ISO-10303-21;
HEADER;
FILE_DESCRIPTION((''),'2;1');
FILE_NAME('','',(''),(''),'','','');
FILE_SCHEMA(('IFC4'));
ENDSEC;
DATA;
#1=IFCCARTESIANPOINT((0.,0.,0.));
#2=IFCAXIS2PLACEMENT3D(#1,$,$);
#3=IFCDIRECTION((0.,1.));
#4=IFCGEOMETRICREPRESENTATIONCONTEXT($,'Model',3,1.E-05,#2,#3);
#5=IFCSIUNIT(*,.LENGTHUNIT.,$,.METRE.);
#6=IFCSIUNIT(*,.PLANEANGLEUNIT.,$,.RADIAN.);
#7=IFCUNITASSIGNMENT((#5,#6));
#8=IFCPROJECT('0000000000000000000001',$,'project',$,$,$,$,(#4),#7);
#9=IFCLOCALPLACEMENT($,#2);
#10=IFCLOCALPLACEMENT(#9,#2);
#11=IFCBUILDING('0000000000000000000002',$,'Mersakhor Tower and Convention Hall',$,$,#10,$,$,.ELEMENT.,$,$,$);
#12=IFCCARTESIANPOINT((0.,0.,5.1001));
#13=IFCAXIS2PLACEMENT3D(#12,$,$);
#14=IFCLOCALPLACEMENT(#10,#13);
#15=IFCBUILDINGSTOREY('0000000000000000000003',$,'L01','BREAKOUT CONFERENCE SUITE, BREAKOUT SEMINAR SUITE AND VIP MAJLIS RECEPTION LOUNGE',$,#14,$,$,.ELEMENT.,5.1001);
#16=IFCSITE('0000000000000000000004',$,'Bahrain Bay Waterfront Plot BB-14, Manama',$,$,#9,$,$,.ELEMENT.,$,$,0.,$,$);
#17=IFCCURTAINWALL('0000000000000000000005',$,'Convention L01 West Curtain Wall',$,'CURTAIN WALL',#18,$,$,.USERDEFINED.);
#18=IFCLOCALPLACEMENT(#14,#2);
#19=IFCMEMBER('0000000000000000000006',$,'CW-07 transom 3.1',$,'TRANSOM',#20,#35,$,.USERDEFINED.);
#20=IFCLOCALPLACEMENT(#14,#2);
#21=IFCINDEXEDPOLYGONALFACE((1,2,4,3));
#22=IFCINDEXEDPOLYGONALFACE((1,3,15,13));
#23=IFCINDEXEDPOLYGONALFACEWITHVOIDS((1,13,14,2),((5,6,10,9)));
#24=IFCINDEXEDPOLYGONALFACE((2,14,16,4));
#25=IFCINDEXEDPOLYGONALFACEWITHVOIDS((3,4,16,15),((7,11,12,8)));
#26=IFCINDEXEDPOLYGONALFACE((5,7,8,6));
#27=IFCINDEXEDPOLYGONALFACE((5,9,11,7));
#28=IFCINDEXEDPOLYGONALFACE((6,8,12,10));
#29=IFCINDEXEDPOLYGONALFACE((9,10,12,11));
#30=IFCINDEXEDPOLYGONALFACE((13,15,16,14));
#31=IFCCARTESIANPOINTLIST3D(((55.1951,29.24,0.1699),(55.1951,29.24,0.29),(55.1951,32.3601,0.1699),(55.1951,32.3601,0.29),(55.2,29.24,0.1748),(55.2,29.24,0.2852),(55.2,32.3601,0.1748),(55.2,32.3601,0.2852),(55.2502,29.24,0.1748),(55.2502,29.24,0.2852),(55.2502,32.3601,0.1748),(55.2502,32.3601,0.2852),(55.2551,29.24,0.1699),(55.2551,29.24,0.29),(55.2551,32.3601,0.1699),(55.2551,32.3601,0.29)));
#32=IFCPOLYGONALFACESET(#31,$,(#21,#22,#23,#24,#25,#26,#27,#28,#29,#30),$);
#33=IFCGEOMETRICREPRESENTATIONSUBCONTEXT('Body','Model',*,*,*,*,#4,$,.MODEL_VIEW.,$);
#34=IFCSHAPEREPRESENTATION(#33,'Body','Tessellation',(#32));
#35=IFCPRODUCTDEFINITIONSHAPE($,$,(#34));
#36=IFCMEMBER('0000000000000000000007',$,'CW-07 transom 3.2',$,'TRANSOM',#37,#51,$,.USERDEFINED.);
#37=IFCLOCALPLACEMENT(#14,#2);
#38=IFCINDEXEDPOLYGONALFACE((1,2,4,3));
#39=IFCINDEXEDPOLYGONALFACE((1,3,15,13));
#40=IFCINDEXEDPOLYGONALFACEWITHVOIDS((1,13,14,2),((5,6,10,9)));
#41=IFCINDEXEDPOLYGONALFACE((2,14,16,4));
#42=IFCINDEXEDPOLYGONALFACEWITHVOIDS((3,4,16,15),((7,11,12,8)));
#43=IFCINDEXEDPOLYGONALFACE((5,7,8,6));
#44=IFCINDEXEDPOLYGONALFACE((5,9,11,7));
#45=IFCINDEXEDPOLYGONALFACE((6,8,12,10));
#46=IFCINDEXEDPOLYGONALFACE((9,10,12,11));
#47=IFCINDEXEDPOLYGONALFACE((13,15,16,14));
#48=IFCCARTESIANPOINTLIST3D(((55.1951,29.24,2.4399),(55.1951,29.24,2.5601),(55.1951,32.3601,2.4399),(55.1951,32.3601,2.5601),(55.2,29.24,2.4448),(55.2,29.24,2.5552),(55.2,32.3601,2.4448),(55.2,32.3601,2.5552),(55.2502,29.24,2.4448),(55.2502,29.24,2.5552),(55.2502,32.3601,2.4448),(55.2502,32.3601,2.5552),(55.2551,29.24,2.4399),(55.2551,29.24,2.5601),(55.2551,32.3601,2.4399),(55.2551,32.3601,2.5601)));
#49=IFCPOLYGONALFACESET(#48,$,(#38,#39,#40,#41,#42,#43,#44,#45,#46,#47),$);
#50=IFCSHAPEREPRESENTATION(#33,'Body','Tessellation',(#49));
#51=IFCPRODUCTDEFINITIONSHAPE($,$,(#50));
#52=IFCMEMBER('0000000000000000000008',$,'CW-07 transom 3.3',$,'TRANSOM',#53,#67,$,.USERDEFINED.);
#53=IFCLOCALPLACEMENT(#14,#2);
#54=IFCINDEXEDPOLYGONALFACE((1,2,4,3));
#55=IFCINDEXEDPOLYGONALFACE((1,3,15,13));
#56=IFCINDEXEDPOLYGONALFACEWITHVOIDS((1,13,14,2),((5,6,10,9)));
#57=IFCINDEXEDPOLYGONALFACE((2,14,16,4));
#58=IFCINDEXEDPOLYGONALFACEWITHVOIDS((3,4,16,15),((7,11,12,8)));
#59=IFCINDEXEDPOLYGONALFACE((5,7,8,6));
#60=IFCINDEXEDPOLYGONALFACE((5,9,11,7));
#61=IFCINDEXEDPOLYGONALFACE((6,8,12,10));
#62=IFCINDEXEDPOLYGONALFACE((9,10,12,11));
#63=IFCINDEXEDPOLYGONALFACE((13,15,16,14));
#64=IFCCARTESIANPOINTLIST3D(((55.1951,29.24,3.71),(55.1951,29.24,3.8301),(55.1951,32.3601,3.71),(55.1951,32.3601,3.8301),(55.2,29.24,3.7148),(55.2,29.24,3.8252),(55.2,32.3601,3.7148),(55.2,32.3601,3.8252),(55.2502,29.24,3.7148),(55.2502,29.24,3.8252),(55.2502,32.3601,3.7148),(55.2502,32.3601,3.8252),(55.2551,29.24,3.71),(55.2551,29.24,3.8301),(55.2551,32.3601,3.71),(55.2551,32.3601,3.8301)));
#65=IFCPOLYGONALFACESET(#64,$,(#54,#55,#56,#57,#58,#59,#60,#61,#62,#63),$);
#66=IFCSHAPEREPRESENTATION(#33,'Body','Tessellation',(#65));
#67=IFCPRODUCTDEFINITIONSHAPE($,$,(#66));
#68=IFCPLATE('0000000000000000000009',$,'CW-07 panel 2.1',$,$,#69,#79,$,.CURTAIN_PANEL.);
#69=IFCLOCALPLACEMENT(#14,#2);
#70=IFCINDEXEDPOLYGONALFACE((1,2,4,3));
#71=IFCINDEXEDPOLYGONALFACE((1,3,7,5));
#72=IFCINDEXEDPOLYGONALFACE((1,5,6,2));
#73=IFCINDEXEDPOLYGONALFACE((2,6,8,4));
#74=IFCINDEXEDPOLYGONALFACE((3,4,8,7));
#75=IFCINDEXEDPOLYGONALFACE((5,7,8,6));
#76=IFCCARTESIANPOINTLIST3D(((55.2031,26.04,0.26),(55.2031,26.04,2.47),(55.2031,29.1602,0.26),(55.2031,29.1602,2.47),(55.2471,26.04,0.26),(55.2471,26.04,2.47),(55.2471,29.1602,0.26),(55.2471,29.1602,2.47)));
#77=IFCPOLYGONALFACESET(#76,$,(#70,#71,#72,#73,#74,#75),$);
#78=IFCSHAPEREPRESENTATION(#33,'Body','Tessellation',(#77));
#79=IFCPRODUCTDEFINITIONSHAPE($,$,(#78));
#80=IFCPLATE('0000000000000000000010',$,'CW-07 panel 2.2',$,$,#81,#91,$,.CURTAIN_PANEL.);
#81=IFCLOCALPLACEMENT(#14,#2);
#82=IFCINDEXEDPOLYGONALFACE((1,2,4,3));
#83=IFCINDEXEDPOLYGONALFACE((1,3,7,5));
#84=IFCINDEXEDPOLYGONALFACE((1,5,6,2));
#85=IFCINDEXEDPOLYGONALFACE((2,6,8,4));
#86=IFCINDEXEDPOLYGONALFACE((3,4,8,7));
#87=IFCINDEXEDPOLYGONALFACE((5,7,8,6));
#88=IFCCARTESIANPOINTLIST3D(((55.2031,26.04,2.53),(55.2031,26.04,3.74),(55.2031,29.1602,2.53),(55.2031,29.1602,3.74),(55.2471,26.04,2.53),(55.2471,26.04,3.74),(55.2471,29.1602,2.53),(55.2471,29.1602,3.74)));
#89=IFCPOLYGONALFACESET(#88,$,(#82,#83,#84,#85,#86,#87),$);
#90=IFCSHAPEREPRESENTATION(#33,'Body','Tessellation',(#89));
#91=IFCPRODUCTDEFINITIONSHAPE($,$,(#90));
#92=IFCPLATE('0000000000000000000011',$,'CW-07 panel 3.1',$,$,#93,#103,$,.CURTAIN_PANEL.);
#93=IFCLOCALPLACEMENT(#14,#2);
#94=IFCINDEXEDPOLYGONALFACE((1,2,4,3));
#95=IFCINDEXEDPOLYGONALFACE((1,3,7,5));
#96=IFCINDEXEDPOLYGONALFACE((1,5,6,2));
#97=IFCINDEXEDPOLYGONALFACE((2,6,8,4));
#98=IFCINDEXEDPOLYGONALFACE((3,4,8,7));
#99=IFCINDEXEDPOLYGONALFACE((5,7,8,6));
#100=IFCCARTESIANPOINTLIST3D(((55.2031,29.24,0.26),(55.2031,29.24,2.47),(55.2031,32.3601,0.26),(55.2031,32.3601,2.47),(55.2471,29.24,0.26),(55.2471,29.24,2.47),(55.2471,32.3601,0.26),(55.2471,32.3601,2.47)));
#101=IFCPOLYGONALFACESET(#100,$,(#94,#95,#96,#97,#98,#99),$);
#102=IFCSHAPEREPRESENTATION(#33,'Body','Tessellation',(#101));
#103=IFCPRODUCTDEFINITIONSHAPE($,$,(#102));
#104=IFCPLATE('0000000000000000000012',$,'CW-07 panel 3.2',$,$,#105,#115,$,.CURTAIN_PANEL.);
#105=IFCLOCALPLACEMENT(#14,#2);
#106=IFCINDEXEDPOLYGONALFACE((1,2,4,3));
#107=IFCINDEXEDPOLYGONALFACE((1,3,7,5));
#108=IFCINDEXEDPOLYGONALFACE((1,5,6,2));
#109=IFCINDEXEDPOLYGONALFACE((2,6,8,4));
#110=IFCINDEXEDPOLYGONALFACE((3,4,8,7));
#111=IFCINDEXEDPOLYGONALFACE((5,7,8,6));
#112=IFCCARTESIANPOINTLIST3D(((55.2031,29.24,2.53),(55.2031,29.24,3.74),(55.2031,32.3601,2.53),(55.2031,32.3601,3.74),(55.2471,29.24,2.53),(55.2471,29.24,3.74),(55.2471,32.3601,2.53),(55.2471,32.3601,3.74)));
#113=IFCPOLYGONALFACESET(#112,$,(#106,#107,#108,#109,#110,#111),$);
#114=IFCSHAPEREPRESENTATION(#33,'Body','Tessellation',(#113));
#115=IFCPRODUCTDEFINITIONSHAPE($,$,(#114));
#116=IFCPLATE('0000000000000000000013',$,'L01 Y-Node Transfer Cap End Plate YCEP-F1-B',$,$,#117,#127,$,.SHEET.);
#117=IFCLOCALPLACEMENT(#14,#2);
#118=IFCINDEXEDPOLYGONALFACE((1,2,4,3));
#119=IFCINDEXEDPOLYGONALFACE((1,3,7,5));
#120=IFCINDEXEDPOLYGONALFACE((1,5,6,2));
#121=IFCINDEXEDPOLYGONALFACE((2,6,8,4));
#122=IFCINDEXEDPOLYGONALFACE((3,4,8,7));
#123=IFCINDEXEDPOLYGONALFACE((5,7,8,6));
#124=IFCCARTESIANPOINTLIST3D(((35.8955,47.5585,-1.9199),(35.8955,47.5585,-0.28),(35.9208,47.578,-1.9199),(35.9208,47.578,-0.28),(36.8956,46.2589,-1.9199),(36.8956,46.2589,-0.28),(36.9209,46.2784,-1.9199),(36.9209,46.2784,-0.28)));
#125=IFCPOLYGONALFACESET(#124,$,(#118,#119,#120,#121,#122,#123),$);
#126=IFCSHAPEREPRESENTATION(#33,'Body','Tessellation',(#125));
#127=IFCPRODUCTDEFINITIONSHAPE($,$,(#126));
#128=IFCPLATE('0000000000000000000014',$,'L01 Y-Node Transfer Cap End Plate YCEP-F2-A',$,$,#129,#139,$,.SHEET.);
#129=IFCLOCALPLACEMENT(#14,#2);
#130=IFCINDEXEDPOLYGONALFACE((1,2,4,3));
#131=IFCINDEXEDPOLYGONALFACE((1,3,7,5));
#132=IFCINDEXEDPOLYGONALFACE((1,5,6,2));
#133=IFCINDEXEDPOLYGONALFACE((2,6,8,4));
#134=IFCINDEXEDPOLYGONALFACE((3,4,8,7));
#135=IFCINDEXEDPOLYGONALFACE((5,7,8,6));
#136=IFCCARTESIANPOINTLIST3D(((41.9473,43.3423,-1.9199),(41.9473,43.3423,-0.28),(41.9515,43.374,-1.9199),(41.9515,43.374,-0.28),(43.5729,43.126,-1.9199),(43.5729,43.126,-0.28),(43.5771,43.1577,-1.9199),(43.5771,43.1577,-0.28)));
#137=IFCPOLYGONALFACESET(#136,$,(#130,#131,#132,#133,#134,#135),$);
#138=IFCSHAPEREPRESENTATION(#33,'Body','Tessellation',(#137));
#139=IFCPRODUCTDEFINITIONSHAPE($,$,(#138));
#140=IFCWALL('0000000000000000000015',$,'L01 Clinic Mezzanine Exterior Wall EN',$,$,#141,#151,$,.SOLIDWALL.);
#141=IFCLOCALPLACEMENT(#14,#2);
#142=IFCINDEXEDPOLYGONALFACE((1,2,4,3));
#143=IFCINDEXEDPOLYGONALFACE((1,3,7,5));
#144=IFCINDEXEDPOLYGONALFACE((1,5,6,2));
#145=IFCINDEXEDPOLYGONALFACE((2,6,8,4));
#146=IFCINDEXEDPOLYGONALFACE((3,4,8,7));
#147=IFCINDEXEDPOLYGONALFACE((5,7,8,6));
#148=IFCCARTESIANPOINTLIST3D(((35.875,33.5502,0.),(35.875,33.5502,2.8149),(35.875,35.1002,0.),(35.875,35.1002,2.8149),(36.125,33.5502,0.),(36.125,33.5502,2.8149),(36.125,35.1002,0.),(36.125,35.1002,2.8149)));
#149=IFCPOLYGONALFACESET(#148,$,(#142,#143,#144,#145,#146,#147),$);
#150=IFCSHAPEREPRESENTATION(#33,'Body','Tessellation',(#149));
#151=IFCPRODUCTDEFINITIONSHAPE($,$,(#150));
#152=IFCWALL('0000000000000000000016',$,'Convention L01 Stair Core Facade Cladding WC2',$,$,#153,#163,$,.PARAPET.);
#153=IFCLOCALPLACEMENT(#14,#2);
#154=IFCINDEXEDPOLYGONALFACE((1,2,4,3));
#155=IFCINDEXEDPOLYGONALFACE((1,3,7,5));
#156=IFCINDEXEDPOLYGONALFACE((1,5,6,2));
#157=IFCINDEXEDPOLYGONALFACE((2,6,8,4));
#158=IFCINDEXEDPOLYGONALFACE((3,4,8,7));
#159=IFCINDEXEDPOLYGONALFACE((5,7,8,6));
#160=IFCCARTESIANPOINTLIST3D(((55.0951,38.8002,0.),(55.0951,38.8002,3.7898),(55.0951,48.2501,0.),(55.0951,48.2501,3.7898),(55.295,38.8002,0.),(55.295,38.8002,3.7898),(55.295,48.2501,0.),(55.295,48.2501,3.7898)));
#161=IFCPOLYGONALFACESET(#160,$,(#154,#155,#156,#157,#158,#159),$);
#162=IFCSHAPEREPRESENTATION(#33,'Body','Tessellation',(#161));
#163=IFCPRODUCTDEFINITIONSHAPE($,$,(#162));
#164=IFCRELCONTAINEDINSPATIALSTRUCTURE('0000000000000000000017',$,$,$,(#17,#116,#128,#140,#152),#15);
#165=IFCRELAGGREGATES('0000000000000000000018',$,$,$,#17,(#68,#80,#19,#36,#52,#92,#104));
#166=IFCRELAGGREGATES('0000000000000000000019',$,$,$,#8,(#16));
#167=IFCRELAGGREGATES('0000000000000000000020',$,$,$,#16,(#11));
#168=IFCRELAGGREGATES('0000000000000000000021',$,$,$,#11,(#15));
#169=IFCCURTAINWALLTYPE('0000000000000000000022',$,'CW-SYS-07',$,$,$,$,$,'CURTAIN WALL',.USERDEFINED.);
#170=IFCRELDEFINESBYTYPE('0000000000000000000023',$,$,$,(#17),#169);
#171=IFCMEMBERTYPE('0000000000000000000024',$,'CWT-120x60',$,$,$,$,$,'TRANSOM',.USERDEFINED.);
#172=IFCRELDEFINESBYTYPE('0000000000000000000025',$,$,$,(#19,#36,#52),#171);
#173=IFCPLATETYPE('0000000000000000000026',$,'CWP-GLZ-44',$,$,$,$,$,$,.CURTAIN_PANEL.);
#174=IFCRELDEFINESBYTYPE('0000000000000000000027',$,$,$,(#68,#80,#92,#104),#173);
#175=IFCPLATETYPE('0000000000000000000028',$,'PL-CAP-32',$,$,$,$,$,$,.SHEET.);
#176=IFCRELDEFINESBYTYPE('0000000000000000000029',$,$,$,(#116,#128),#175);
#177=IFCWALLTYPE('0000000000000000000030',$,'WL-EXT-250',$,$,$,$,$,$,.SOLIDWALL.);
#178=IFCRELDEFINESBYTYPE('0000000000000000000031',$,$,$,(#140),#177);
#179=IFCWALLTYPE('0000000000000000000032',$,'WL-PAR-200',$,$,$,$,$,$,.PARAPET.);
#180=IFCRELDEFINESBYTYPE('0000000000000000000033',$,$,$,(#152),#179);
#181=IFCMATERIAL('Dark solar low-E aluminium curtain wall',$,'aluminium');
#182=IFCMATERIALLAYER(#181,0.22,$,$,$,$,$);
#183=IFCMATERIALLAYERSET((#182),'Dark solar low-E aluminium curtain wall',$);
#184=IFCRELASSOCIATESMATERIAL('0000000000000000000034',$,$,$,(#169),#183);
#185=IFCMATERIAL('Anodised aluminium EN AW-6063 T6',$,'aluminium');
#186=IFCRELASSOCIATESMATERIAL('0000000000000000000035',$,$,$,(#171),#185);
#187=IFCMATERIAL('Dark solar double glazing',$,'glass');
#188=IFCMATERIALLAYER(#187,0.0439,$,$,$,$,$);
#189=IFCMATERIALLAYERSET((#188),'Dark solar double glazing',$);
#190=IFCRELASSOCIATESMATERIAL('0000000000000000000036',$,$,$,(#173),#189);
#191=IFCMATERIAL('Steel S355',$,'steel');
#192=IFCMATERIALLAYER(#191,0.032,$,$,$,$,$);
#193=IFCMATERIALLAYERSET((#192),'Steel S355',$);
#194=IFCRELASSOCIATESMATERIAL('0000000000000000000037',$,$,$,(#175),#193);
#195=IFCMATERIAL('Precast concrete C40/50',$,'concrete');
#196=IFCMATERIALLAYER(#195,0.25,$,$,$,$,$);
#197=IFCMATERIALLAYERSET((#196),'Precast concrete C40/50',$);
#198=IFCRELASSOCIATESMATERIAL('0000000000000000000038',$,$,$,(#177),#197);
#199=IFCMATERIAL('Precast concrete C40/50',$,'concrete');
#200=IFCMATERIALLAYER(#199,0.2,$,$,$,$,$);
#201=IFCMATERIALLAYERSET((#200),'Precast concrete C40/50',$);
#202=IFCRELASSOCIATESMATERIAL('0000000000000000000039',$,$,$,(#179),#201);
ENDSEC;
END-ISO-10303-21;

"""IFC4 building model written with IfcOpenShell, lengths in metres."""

from ifc_helpers import new_model, si_unit, direction, frame, frame_2d, origin, origin_2d, place, context, subcontext, project, spatial, rectangle, hollow_rectangle, extrude, material, layer, layer_set, material_profile, profile_set, type_object, element, aggregate, save


model = new_model("IFC4")

# Units and contexts
model_context = context("Model", 3, precision=1e-05, world=origin(), true_north=direction((0.0, 1.0)))
body_context = subcontext(model_context, "Body", "Model", "MODEL_VIEW")
ifc_project = project(units=[si_unit("LENGTHUNIT", "METRE"), si_unit("PLANEANGLEUNIT", "RADIAN")], contexts=[model_context])

# Site, building, storey
site_placement = place(None, origin())
site = spatial("IfcSite", under=ifc_project, at=site_placement, Name="Bahrain Bay Waterfront Plot BB-14, Manama", CompositionType="ELEMENT", RefElevation=0.0)
building_placement = place(site_placement, origin())
building = spatial("IfcBuilding", under=site, at=building_placement, Name="Mersakhor Tower and Convention Hall", CompositionType="ELEMENT")
storey_placement = place(building_placement, frame((0.0, 0.0, 5.1001)))
storey = spatial("IfcBuildingStorey", under=building, at=storey_placement, Name="L01", Description="BREAKOUT CONFERENCE SUITE, BREAKOUT SEMINAR SUITE AND VIP MAJLIS RECEPTION LOUNGE", CompositionType="ELEMENT", Elevation=5.1001)

# Curtain wall, members, plates
ifc_material_1 = material(Name="Dark solar low-E aluminium curtain wall", Category="aluminium")
ifc_layer_1 = layer(ifc_material_1, 0.22)
ifc_layer_set_1 = layer_set([ifc_layer_1], Name="Dark solar low-E aluminium curtain wall")
curtain_wall_type = type_object("IfcCurtainWallType", Name="CW-SYS-07", ElementType="CURTAIN WALL", PredefinedType="USERDEFINED", material=ifc_layer_set_1)
curtain_wall_placement = place(storey_placement, origin())
curtain_wall = element("IfcCurtainWall", 1, at=curtain_wall_placement, inside=storey, type_object=curtain_wall_type, Name="Convention L01 West Curtain Wall", ObjectType="CURTAIN WALL", PredefinedType="USERDEFINED")
ifc_material_2 = material(Name="Anodised aluminium EN AW-6063 T6", Category="aluminium")
ifc_material_profile_1 = material_profile(ifc_material_2, hollow_rectangle(XDim=0.0601, YDim=0.1201, WallThickness=0.0049, at=origin_2d()), Name="RHS 120x60x5")
ifc_profile_set_1 = profile_set([ifc_material_profile_1], Name="Anodised aluminium EN AW-6063 T6")
member_type_1 = type_object("IfcMemberType", Name="CWT-120x60", ElementType="TRANSOM", PredefinedType="USERDEFINED", material=ifc_profile_set_1)
member_1_placement = place(storey_placement, frame((55.2251, 29.24, 0.23), z_axis=(0.0, 1.0, 0.0), x_axis=(-1.0, 0.0, 0.0)))
member_1 = element("IfcMember", 2, at=member_1_placement, type_object=member_type_1, Name="CW-07 transom 3.1", ObjectType="TRANSOM", PredefinedType="USERDEFINED", context=body_context, shape_type="SweptSolid", body=[
    extrude(hollow_rectangle(XDim=0.0601, YDim=0.1201, WallThickness=0.0049, at=origin_2d()), origin(), (0.0, 0.0, 1.0), 3.1201),
])
member_2_placement = place(storey_placement, frame((55.2251, 29.24, 2.5), z_axis=(0.0, 1.0, 0.0), x_axis=(-1.0, 0.0, 0.0)))
member_2 = element("IfcMember", 3, at=member_2_placement, type_object=member_type_1, Name="CW-07 transom 3.2", ObjectType="TRANSOM", PredefinedType="USERDEFINED", context=body_context, shape_type="SweptSolid", body=[
    extrude(hollow_rectangle(XDim=0.0601, YDim=0.1201, WallThickness=0.0049, at=origin_2d()), origin(), (0.0, 0.0, 1.0), 3.1201),
])
member_3_placement = place(storey_placement, frame((55.2251, 29.24, 3.77), z_axis=(0.0, 1.0, 0.0), x_axis=(-1.0, 0.0, 0.0)))
member_3 = element("IfcMember", 4, at=member_3_placement, type_object=member_type_1, Name="CW-07 transom 3.3", ObjectType="TRANSOM", PredefinedType="USERDEFINED", context=body_context, shape_type="SweptSolid", body=[
    extrude(hollow_rectangle(XDim=0.0601, YDim=0.1201, WallThickness=0.0049, at=origin_2d()), origin(), (0.0, 0.0, 1.0), 3.1201),
])
ifc_material_3 = material(Name="Dark solar double glazing", Category="glass")
ifc_layer_2 = layer(ifc_material_3, 0.0439)
ifc_layer_set_2 = layer_set([ifc_layer_2], Name="Dark solar double glazing")
plate_type_1 = type_object("IfcPlateType", Name="CWP-GLZ-44", PredefinedType="CURTAIN_PANEL", material=ifc_layer_set_2)
plate_1_placement = place(storey_placement, frame((55.2251, 27.6001, 0.26), z_axis=(0.0, 0.0, 1.0), x_axis=(0.0, 1.0, 0.0)))
plate_1 = element("IfcPlate", 5, at=plate_1_placement, type_object=plate_type_1, Name="CW-07 panel 2.1", PredefinedType="CURTAIN_PANEL", context=body_context, shape_type="SweptSolid", body=[
    extrude(rectangle(XDim=3.1201, YDim=0.0439, at=origin_2d()), origin(), (0.0, 0.0, 1.0), 2.21),
])
plate_2_placement = place(storey_placement, frame((55.2251, 27.6001, 2.53), z_axis=(0.0, 0.0, 1.0), x_axis=(0.0, 1.0, 0.0)))
plate_2 = element("IfcPlate", 6, at=plate_2_placement, type_object=plate_type_1, Name="CW-07 panel 2.2", PredefinedType="CURTAIN_PANEL", context=body_context, shape_type="SweptSolid", body=[
    extrude(rectangle(XDim=3.1201, YDim=0.0439, at=origin_2d()), origin(), (0.0, 0.0, 1.0), 1.21),
])
plate_3_placement = place(storey_placement, frame((55.2251, 30.8, 0.26), z_axis=(0.0, 0.0, 1.0), x_axis=(0.0, 1.0, 0.0)))
plate_3 = element("IfcPlate", 7, at=plate_3_placement, type_object=plate_type_1, Name="CW-07 panel 3.1", PredefinedType="CURTAIN_PANEL", context=body_context, shape_type="SweptSolid", body=[
    extrude(rectangle(XDim=3.1201, YDim=0.0439, at=origin_2d()), origin(), (0.0, 0.0, 1.0), 2.21),
])
plate_4_placement = place(storey_placement, frame((55.2251, 30.8, 2.53), z_axis=(0.0, 0.0, 1.0), x_axis=(0.0, 1.0, 0.0)))
plate_4 = element("IfcPlate", 8, at=plate_4_placement, type_object=plate_type_1, Name="CW-07 panel 3.2", PredefinedType="CURTAIN_PANEL", context=body_context, shape_type="SweptSolid", body=[
    extrude(rectangle(XDim=3.1201, YDim=0.0439, at=origin_2d()), origin(), (0.0, 0.0, 1.0), 1.21),
])
aggregate(curtain_wall, [plate_1, plate_2, member_1, member_2, member_3, plate_3, plate_4])

# Plates
ifc_material_4 = material(Name="Steel S355", Category="steel")
ifc_layer_3 = layer(ifc_material_4, 0.032)
ifc_layer_set_3 = layer_set([ifc_layer_3], Name="Steel S355")
plate_type_2 = type_object("IfcPlateType", Name="PL-CAP-32", PredefinedType="SHEET", material=ifc_layer_set_3)
for number, where, z_axis, x_axis, name in (
    (9, (36.4082, 46.9185, -1.9199), (0.0, 0.0, 1.0), (0.792503, 0.609869, 0.0), "L01 Y-Node Transfer Cap End Plate YCEP-F1-B"),
    (10, (42.7622, 43.25, -1.9199), (0.0, 0.0, 1.0), (0.13191, 0.991262, 0.0), "L01 Y-Node Transfer Cap End Plate YCEP-F2-A"),
):
    element("IfcPlate", number, at=place(storey_placement, frame(where, z_axis=z_axis, x_axis=x_axis)), inside=storey, type_object=plate_type_2, Name=name, PredefinedType="SHEET", context=body_context, shape_type="SweptSolid", body=[
        extrude(rectangle(XDim=0.032, YDim=1.6399, at=origin_2d()), origin(), (0.0, 0.0, 1.0), 1.6399),
    ])

# Walls
ifc_material_5 = material(Name="Precast concrete C40/50", Category="concrete")
ifc_layer_4 = layer(ifc_material_5, 0.25)
ifc_layer_set_4 = layer_set([ifc_layer_4], Name="Precast concrete C40/50")
wall_type_1 = type_object("IfcWallType", Name="WL-EXT-250", PredefinedType="SOLIDWALL", material=ifc_layer_set_4)
wall_1_placement = place(storey_placement, frame((36.0, 35.1001, 0.0), z_axis=(0.0, 0.0, 1.0), x_axis=(0.0, -1.0, 0.0)))
element("IfcWall", 11, at=wall_1_placement, inside=storey, type_object=wall_type_1, Name="L01 Clinic Mezzanine Exterior Wall EN", PredefinedType="SOLIDWALL", context=body_context, shape_type="SweptSolid", body=[
    extrude(rectangle(XDim=1.55, YDim=0.25, at=frame_2d((0.7749, 0.0))), origin(), (0.0, 0.0, 1.0), 2.8149),
])
ifc_material_6 = material(Name="Precast concrete C40/50", Category="concrete")
ifc_layer_5 = layer(ifc_material_6, 0.2)
ifc_layer_set_5 = layer_set([ifc_layer_5], Name="Precast concrete C40/50")
wall_type_2 = type_object("IfcWallType", Name="WL-PAR-200", PredefinedType="PARAPET", material=ifc_layer_set_5)
wall_2_placement = place(storey_placement, frame((55.1951, 38.8, 0.0), z_axis=(0.0, 0.0, 1.0), x_axis=(0.0, 1.0, 0.0)))
element("IfcWall", 12, at=wall_2_placement, inside=storey, type_object=wall_type_2, Name="Convention L01 Stair Core Facade Cladding WC2", PredefinedType="PARAPET", context=body_context, shape_type="SweptSolid", body=[
    extrude(rectangle(XDim=9.45, YDim=0.2, at=frame_2d((4.7251, 0.0))), origin(), (0.0, 0.0, 1.0), 3.7898),
])

save(model, "model.ifc")
